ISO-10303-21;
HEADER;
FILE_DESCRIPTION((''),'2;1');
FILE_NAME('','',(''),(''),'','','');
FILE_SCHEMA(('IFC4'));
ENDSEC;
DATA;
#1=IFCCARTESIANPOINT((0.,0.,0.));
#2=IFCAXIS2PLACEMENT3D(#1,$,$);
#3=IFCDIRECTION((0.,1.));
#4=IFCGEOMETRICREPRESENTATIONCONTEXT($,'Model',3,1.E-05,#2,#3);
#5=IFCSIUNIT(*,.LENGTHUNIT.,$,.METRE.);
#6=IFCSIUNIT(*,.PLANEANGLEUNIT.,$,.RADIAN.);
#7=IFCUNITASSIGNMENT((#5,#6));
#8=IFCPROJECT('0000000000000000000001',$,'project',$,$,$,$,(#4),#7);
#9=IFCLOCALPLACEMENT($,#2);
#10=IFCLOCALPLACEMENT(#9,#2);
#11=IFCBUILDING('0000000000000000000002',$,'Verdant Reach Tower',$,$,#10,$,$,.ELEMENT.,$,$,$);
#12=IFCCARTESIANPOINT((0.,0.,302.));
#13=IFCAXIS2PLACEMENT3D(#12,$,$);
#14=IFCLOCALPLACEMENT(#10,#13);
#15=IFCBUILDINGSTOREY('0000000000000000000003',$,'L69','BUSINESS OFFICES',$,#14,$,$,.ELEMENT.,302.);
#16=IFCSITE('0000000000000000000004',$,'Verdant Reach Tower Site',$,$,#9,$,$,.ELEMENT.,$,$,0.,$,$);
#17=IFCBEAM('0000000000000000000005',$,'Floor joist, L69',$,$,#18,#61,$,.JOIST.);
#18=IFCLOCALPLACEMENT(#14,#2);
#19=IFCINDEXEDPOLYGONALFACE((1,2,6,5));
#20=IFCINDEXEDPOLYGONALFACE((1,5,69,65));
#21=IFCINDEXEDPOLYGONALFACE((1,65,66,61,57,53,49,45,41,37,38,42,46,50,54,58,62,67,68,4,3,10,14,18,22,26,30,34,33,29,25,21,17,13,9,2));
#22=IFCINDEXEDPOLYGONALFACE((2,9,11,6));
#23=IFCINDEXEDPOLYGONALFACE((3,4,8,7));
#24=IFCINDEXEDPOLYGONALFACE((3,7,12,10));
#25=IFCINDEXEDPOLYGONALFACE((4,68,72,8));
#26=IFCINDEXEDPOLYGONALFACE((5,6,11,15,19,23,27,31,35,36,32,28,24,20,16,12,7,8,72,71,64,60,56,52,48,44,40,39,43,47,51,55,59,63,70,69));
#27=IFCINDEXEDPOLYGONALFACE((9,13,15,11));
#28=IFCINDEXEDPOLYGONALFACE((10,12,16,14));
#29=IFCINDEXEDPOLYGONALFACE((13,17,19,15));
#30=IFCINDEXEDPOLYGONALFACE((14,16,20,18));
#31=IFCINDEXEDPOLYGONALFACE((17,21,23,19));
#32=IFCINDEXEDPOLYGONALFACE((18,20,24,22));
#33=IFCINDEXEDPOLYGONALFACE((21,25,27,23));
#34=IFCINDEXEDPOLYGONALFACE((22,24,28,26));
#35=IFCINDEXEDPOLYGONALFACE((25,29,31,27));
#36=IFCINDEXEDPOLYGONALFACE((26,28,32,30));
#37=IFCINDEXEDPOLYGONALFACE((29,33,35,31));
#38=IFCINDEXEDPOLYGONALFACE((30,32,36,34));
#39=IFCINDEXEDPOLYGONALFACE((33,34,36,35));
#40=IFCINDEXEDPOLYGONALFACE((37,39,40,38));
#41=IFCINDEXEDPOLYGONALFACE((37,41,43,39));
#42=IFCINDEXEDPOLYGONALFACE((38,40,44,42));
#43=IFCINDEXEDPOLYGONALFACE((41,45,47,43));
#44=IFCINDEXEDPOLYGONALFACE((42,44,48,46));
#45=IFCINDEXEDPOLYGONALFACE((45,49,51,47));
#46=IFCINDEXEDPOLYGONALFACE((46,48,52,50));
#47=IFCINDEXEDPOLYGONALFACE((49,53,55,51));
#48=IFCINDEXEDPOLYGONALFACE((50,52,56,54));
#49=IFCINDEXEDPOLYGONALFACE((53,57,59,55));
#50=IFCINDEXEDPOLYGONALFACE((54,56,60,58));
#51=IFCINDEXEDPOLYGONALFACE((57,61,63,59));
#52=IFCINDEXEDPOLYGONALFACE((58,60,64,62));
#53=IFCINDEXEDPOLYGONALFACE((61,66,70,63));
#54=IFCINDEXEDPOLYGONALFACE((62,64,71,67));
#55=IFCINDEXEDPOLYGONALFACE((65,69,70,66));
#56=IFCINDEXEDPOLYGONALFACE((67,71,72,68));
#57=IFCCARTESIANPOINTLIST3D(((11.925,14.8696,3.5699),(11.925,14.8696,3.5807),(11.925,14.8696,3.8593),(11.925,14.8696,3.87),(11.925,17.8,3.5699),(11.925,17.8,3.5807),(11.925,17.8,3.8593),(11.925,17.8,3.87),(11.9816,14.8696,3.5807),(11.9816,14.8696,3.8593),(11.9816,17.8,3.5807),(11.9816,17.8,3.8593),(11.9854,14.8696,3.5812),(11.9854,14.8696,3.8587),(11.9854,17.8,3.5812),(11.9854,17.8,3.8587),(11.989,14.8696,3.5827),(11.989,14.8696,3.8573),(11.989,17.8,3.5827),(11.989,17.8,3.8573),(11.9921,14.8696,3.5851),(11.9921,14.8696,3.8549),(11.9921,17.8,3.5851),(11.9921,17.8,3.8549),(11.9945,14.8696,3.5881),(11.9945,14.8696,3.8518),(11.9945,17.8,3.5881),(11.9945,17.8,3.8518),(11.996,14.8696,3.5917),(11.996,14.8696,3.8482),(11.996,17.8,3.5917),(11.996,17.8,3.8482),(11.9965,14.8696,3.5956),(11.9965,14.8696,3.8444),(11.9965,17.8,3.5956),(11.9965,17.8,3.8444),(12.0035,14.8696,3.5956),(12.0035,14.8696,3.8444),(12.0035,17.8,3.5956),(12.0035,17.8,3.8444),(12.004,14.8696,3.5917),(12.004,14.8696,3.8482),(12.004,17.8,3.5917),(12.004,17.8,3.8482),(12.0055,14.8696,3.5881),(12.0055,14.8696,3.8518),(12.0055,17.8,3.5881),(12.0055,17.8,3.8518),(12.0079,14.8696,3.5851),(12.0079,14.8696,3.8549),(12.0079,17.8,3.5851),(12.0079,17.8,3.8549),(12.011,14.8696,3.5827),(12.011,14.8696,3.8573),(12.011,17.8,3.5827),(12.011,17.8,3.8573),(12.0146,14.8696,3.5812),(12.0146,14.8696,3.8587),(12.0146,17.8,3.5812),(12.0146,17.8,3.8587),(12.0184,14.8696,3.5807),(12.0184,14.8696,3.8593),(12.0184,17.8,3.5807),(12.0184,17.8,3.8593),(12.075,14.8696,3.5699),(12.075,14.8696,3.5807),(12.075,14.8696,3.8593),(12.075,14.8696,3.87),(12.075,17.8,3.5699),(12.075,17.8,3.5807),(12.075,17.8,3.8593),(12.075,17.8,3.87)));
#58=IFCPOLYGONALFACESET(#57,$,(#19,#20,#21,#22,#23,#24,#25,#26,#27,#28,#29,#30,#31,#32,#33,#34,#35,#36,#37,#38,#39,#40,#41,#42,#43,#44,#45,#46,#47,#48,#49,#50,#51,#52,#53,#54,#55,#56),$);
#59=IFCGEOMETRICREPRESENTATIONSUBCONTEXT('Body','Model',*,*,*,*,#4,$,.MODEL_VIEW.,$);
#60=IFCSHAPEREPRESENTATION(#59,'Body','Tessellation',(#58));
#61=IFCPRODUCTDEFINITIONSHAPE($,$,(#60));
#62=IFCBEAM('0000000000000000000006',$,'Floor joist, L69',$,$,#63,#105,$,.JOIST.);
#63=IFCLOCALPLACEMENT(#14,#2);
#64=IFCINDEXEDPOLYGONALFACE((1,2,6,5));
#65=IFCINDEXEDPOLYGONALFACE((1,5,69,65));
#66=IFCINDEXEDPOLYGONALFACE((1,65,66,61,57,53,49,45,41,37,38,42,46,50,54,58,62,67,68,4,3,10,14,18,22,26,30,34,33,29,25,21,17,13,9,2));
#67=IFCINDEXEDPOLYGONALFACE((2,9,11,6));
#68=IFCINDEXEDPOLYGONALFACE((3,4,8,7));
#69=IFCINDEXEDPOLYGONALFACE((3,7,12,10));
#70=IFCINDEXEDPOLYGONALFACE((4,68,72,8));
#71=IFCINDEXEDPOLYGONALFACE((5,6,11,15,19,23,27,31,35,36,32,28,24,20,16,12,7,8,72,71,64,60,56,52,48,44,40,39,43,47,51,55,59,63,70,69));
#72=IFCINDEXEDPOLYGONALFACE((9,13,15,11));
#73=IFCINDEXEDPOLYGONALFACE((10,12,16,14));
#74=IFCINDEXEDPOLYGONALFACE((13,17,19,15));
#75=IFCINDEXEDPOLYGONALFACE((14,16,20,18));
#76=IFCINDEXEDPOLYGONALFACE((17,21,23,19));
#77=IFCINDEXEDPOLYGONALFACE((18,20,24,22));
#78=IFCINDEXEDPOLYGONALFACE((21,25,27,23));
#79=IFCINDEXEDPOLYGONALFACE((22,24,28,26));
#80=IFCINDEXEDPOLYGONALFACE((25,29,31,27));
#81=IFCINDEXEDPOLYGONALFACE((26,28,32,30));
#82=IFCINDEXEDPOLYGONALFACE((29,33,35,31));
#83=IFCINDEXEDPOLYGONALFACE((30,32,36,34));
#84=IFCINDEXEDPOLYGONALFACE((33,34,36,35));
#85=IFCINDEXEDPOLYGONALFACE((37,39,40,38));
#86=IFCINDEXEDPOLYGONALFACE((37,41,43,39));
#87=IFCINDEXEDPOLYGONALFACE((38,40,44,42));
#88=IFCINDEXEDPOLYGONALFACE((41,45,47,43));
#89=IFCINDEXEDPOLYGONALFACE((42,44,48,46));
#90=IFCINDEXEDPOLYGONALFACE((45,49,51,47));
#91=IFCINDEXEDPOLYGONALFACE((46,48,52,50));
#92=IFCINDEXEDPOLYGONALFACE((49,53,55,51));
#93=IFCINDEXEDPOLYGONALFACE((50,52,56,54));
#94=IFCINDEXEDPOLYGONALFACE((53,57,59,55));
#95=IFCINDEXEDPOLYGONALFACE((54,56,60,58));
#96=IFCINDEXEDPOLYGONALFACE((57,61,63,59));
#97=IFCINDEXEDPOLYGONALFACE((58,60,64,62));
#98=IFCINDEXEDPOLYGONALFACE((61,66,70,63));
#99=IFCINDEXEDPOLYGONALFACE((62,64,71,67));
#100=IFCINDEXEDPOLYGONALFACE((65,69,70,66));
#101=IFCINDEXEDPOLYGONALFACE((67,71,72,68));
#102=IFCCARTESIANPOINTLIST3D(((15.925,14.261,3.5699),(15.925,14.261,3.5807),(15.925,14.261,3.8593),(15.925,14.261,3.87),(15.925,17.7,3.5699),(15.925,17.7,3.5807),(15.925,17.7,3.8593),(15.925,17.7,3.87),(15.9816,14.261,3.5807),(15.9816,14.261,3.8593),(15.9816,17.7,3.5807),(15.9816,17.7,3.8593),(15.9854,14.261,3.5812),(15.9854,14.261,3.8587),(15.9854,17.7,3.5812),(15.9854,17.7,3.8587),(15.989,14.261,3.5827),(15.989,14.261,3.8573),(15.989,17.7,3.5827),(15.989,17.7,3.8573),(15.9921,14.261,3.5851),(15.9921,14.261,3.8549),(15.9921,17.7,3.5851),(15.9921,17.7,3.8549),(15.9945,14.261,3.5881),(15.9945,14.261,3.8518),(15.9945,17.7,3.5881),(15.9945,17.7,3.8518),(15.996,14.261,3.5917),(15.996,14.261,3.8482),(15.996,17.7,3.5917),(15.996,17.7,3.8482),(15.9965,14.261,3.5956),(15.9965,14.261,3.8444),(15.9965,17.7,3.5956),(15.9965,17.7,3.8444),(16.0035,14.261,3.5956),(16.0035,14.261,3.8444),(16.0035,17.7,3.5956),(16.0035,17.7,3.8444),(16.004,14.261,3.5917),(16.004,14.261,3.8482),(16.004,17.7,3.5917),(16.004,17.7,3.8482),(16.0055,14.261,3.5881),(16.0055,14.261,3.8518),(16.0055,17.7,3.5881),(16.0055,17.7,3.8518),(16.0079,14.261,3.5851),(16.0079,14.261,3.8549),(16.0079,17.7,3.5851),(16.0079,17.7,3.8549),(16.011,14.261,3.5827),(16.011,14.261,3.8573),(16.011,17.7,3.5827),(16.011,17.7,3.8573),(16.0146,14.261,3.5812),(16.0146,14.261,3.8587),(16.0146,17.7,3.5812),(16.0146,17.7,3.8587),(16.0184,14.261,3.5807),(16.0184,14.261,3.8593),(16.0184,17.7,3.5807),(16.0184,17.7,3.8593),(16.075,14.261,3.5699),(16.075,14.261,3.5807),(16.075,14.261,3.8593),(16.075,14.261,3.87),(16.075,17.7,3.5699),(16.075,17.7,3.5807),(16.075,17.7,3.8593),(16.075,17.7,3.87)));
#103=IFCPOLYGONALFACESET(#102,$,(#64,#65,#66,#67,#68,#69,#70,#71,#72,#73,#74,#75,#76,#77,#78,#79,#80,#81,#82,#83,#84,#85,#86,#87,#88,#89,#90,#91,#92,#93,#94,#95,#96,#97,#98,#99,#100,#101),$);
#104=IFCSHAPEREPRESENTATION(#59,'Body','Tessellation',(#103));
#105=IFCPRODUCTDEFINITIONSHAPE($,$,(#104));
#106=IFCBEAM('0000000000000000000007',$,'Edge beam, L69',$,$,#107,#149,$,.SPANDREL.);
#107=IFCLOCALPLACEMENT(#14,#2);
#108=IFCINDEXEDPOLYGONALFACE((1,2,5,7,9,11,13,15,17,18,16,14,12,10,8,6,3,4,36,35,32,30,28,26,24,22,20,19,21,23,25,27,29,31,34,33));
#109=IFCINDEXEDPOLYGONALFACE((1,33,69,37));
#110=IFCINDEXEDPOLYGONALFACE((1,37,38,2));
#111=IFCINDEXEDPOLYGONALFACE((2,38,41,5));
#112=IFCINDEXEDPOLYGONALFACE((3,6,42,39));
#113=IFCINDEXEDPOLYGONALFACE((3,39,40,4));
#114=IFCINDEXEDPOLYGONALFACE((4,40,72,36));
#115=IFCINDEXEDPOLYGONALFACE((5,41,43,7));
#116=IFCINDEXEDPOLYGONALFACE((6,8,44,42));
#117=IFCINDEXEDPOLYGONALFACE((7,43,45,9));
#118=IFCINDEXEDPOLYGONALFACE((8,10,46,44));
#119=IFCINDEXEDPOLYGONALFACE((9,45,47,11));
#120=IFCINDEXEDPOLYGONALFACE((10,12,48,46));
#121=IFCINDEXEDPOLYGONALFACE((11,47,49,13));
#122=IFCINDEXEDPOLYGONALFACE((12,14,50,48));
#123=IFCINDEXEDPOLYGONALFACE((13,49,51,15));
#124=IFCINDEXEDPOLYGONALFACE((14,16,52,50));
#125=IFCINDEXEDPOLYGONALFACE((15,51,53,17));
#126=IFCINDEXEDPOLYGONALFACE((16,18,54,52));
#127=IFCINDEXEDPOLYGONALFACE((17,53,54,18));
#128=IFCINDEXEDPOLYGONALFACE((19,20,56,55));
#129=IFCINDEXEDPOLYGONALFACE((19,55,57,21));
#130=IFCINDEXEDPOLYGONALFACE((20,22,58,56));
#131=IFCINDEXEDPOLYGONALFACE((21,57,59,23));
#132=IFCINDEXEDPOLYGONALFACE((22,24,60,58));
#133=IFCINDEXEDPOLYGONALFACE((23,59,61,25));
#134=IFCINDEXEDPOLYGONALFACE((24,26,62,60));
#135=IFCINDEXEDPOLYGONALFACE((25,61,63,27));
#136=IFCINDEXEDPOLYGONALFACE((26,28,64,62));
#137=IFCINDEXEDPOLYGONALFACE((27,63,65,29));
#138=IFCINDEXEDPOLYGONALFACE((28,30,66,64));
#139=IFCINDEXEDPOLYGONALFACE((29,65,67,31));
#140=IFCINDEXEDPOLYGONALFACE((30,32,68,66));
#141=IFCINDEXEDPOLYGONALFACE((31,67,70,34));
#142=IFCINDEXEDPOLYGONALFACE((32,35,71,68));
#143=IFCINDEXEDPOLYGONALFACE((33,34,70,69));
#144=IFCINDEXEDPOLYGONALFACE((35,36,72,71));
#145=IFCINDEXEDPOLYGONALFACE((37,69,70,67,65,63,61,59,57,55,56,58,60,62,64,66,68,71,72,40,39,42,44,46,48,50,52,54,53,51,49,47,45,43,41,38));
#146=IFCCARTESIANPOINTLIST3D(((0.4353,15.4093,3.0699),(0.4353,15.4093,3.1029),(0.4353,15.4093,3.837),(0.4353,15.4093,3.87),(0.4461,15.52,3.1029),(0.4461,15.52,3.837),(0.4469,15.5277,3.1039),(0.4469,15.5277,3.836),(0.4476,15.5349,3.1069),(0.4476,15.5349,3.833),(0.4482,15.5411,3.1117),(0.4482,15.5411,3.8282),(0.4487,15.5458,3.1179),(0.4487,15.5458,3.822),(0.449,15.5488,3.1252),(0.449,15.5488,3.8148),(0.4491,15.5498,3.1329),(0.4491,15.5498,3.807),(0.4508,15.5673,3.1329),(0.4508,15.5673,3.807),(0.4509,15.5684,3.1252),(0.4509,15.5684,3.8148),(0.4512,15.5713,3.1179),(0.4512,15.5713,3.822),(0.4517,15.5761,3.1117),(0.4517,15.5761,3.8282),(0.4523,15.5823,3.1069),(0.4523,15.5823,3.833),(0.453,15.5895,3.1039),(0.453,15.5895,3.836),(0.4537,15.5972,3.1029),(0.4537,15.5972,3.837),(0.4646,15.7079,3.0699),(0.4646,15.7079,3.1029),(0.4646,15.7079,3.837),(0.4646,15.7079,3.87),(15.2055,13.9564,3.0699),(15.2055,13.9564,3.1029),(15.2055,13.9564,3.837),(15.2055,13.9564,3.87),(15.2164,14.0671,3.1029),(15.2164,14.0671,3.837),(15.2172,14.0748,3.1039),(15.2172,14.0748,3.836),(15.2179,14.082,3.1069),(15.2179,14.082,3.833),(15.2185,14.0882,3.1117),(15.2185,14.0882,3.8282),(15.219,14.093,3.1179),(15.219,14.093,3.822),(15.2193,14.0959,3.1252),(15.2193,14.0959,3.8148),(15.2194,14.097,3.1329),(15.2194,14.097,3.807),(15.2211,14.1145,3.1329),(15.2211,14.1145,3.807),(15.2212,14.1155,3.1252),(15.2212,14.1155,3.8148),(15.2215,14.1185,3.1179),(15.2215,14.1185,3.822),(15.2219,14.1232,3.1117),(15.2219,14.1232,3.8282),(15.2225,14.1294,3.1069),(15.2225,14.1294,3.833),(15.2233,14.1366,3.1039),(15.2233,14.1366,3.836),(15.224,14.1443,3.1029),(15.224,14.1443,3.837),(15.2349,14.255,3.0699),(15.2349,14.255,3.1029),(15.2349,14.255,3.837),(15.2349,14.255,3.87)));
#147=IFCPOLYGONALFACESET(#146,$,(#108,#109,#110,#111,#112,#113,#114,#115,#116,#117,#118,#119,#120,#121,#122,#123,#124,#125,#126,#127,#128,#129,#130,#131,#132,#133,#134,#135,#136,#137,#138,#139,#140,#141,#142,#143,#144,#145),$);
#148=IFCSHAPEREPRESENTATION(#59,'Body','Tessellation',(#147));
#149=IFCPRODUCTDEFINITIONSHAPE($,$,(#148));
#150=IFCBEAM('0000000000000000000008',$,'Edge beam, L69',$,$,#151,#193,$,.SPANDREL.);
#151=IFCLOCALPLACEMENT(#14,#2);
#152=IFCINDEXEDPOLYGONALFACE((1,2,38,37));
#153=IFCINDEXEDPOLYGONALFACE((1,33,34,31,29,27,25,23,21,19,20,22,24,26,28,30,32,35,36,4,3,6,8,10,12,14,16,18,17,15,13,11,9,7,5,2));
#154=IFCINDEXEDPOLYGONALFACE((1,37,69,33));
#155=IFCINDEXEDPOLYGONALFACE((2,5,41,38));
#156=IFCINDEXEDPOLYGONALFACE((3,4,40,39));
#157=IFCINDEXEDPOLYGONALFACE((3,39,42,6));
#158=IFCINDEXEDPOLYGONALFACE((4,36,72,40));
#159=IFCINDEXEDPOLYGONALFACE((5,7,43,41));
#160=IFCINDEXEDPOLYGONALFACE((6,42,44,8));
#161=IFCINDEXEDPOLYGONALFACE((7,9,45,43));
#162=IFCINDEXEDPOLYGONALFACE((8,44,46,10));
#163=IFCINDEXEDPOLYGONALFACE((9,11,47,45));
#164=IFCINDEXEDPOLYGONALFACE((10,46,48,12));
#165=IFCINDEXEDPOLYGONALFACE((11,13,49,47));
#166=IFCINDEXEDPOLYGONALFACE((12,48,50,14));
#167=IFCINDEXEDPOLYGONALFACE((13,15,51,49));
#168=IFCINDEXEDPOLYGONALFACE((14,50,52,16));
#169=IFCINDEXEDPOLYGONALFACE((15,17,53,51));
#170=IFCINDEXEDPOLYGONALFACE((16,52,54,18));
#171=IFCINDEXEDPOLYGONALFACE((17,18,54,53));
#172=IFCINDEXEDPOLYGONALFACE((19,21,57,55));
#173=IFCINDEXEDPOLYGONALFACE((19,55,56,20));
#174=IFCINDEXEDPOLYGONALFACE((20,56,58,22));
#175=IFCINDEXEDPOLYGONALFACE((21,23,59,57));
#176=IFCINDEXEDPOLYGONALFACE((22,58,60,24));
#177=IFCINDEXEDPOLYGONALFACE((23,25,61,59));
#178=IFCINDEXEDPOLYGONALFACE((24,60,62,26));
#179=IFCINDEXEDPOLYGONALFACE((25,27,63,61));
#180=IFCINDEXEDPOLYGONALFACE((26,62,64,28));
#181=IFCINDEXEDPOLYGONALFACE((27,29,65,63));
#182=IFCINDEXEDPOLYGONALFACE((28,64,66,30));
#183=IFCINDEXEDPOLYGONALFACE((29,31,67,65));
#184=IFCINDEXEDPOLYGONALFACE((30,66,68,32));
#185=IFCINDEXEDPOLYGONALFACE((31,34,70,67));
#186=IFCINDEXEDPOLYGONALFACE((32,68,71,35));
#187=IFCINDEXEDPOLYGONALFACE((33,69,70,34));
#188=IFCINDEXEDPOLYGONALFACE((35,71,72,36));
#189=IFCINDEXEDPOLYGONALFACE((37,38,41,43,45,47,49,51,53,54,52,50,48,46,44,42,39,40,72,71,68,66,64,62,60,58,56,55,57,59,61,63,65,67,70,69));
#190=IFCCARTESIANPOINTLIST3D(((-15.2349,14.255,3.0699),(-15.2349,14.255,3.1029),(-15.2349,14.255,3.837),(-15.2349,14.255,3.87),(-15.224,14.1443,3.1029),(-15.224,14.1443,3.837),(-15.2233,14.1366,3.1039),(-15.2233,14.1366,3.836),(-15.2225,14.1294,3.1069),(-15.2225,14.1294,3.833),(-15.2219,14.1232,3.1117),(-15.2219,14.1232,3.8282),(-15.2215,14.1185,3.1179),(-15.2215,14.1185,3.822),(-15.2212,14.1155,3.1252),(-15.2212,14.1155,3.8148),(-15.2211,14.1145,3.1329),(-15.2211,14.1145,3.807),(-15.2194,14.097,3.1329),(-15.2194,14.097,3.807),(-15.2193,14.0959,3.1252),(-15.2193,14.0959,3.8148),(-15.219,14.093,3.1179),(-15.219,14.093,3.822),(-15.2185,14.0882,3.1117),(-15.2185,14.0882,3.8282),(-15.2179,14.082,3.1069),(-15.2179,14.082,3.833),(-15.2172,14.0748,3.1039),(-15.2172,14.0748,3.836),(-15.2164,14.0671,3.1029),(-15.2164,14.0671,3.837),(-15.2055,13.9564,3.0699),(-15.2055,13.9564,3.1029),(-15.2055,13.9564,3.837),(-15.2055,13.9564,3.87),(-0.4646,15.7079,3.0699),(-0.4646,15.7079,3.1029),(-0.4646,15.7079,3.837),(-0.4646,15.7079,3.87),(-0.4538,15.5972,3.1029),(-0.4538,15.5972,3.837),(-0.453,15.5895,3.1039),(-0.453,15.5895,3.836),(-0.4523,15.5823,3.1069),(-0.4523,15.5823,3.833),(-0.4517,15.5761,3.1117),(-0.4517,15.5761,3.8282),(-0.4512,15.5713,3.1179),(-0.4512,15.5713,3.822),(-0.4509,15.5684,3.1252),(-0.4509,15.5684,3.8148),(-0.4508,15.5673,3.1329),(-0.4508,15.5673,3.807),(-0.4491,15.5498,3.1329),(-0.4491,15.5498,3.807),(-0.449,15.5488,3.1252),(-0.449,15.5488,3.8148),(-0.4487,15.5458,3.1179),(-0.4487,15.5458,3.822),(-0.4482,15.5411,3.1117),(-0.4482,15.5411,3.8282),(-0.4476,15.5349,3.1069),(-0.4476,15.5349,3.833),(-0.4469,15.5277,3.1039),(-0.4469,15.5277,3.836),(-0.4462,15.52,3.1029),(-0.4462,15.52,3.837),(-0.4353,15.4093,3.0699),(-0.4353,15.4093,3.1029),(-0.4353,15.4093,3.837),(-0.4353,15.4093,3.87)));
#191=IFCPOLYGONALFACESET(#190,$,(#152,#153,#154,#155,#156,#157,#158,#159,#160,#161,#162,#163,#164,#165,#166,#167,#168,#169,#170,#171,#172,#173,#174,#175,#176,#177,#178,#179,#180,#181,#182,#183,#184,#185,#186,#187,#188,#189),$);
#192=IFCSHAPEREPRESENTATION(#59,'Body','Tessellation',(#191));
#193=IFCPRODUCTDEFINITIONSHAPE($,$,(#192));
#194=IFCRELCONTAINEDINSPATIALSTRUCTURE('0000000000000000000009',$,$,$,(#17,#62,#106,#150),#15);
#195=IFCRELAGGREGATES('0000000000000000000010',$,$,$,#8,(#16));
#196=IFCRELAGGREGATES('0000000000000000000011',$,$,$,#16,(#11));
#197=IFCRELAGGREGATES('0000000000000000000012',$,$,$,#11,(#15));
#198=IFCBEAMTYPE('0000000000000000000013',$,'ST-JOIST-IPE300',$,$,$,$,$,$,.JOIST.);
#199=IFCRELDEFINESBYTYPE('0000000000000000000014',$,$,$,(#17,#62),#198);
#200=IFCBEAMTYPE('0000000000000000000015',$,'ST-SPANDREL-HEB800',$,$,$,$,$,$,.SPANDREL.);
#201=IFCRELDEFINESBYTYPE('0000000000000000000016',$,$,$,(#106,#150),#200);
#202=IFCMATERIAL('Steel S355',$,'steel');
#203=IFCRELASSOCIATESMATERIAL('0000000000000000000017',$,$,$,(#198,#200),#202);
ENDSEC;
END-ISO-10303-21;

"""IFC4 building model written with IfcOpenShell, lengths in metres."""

from ifc_helpers import new_model, si_unit, direction, frame, origin, origin_2d, place, context, subcontext, project, spatial, i_section, extrude, material, material_profile, profile_set, type_object, element, save


model = new_model("IFC4")

# Units and contexts
model_context = context("Model", 3, precision=1e-05, world=origin(), true_north=direction((0.0, 1.0)))
body_context = subcontext(model_context, "Body", "Model", "MODEL_VIEW")
ifc_project = project(units=[si_unit("LENGTHUNIT", "METRE"), si_unit("PLANEANGLEUNIT", "RADIAN")], contexts=[model_context])

# Site, building, storey
site_placement = place(None, origin())
site = spatial("IfcSite", under=ifc_project, at=site_placement, Name="Verdant Reach Tower Site", CompositionType="ELEMENT", RefElevation=0.0)
building_placement = place(site_placement, origin())
building = spatial("IfcBuilding", under=site, at=building_placement, Name="Verdant Reach Tower", CompositionType="ELEMENT")
storey_placement = place(building_placement, frame((0.0, 0.0, 302.0)))
storey = spatial("IfcBuildingStorey", under=building, at=storey_placement, Name="L69", Description="BUSINESS OFFICES", CompositionType="ELEMENT", Elevation=302.0)

# Beams
ifc_material_1 = material(Name="Steel S355", Category="steel")
ifc_material_profile_1 = material_profile(ifc_material_1, i_section(OverallWidth=0.1499, OverallDepth=0.3, WebThickness=0.0071, FlangeThickness=0.0107, FilletRadius=0.0149, at=origin_2d()), Name="IPE 300")
ifc_profile_set_1 = profile_set([ifc_material_profile_1], Name="Steel S355")
beam_type_1 = type_object("IfcBeamType", Name="ST-JOIST-IPE300", PredefinedType="JOIST", material=ifc_profile_set_1)
beam_1_placement = place(storey_placement, frame((12.0, 17.8, 3.72), z_axis=(0.0, -1.0, 0.0), x_axis=(1.0, 0.0, 0.0)))
element("IfcBeam", 1, at=beam_1_placement, inside=storey, type_object=beam_type_1, Name="Floor joist, L69", PredefinedType="JOIST", context=body_context, shape_type="SweptSolid", body=[
    extrude(i_section(OverallWidth=0.1499, OverallDepth=0.3, WebThickness=0.0071, FlangeThickness=0.0107, FilletRadius=0.0149, at=origin_2d()), origin(), (0.0, 0.0, 1.0), 2.9304),
])
beam_2_placement = place(storey_placement, frame((16.0, 17.7, 3.72), z_axis=(0.0, -1.0, 0.0), x_axis=(1.0, 0.0, 0.0)))
element("IfcBeam", 2, at=beam_2_placement, inside=storey, type_object=beam_type_1, Name="Floor joist, L69", PredefinedType="JOIST", context=body_context, shape_type="SweptSolid", body=[
    extrude(i_section(OverallWidth=0.1499, OverallDepth=0.3, WebThickness=0.0071, FlangeThickness=0.0107, FilletRadius=0.0149, at=origin_2d()), origin(), (0.0, 0.0, 1.0), 3.439),
])
ifc_material_profile_2 = material_profile(ifc_material_1, i_section(OverallWidth=0.3, OverallDepth=0.8, WebThickness=0.0176, FlangeThickness=0.033, FilletRadius=0.03, at=origin_2d()), Name="HEB 800")
ifc_profile_set_2 = profile_set([ifc_material_profile_2], Name="Steel S355")
beam_type_2 = type_object("IfcBeamType", Name="ST-SPANDREL-HEB800", PredefinedType="SPANDREL", material=ifc_profile_set_2)
for number, where, z_axis, x_axis, name in (
    (3, (15.2202, 14.1057, 3.47), (-0.995197, 0.097893, 0.0), (-0.097893, -0.995197, 0.0), "Edge beam, L69"),
    (4, (-0.45, 15.5586, 3.47), (-0.995197, -0.097893, 0.0), (0.097893, -0.995197, 0.0), "Edge beam, L69"),
):
    element("IfcBeam", number, at=place(storey_placement, frame(where, z_axis=z_axis, x_axis=x_axis)), inside=storey, type_object=beam_type_2, Name=name, PredefinedType="SPANDREL", context=body_context, shape_type="SweptSolid", body=[
        extrude(i_section(OverallWidth=0.3, OverallDepth=0.8, WebThickness=0.0176, FlangeThickness=0.033, FilletRadius=0.03, at=origin_2d()), origin(), (0.0, 0.0, 1.0), 14.8416),
    ])

save(model, "model.ifc")
